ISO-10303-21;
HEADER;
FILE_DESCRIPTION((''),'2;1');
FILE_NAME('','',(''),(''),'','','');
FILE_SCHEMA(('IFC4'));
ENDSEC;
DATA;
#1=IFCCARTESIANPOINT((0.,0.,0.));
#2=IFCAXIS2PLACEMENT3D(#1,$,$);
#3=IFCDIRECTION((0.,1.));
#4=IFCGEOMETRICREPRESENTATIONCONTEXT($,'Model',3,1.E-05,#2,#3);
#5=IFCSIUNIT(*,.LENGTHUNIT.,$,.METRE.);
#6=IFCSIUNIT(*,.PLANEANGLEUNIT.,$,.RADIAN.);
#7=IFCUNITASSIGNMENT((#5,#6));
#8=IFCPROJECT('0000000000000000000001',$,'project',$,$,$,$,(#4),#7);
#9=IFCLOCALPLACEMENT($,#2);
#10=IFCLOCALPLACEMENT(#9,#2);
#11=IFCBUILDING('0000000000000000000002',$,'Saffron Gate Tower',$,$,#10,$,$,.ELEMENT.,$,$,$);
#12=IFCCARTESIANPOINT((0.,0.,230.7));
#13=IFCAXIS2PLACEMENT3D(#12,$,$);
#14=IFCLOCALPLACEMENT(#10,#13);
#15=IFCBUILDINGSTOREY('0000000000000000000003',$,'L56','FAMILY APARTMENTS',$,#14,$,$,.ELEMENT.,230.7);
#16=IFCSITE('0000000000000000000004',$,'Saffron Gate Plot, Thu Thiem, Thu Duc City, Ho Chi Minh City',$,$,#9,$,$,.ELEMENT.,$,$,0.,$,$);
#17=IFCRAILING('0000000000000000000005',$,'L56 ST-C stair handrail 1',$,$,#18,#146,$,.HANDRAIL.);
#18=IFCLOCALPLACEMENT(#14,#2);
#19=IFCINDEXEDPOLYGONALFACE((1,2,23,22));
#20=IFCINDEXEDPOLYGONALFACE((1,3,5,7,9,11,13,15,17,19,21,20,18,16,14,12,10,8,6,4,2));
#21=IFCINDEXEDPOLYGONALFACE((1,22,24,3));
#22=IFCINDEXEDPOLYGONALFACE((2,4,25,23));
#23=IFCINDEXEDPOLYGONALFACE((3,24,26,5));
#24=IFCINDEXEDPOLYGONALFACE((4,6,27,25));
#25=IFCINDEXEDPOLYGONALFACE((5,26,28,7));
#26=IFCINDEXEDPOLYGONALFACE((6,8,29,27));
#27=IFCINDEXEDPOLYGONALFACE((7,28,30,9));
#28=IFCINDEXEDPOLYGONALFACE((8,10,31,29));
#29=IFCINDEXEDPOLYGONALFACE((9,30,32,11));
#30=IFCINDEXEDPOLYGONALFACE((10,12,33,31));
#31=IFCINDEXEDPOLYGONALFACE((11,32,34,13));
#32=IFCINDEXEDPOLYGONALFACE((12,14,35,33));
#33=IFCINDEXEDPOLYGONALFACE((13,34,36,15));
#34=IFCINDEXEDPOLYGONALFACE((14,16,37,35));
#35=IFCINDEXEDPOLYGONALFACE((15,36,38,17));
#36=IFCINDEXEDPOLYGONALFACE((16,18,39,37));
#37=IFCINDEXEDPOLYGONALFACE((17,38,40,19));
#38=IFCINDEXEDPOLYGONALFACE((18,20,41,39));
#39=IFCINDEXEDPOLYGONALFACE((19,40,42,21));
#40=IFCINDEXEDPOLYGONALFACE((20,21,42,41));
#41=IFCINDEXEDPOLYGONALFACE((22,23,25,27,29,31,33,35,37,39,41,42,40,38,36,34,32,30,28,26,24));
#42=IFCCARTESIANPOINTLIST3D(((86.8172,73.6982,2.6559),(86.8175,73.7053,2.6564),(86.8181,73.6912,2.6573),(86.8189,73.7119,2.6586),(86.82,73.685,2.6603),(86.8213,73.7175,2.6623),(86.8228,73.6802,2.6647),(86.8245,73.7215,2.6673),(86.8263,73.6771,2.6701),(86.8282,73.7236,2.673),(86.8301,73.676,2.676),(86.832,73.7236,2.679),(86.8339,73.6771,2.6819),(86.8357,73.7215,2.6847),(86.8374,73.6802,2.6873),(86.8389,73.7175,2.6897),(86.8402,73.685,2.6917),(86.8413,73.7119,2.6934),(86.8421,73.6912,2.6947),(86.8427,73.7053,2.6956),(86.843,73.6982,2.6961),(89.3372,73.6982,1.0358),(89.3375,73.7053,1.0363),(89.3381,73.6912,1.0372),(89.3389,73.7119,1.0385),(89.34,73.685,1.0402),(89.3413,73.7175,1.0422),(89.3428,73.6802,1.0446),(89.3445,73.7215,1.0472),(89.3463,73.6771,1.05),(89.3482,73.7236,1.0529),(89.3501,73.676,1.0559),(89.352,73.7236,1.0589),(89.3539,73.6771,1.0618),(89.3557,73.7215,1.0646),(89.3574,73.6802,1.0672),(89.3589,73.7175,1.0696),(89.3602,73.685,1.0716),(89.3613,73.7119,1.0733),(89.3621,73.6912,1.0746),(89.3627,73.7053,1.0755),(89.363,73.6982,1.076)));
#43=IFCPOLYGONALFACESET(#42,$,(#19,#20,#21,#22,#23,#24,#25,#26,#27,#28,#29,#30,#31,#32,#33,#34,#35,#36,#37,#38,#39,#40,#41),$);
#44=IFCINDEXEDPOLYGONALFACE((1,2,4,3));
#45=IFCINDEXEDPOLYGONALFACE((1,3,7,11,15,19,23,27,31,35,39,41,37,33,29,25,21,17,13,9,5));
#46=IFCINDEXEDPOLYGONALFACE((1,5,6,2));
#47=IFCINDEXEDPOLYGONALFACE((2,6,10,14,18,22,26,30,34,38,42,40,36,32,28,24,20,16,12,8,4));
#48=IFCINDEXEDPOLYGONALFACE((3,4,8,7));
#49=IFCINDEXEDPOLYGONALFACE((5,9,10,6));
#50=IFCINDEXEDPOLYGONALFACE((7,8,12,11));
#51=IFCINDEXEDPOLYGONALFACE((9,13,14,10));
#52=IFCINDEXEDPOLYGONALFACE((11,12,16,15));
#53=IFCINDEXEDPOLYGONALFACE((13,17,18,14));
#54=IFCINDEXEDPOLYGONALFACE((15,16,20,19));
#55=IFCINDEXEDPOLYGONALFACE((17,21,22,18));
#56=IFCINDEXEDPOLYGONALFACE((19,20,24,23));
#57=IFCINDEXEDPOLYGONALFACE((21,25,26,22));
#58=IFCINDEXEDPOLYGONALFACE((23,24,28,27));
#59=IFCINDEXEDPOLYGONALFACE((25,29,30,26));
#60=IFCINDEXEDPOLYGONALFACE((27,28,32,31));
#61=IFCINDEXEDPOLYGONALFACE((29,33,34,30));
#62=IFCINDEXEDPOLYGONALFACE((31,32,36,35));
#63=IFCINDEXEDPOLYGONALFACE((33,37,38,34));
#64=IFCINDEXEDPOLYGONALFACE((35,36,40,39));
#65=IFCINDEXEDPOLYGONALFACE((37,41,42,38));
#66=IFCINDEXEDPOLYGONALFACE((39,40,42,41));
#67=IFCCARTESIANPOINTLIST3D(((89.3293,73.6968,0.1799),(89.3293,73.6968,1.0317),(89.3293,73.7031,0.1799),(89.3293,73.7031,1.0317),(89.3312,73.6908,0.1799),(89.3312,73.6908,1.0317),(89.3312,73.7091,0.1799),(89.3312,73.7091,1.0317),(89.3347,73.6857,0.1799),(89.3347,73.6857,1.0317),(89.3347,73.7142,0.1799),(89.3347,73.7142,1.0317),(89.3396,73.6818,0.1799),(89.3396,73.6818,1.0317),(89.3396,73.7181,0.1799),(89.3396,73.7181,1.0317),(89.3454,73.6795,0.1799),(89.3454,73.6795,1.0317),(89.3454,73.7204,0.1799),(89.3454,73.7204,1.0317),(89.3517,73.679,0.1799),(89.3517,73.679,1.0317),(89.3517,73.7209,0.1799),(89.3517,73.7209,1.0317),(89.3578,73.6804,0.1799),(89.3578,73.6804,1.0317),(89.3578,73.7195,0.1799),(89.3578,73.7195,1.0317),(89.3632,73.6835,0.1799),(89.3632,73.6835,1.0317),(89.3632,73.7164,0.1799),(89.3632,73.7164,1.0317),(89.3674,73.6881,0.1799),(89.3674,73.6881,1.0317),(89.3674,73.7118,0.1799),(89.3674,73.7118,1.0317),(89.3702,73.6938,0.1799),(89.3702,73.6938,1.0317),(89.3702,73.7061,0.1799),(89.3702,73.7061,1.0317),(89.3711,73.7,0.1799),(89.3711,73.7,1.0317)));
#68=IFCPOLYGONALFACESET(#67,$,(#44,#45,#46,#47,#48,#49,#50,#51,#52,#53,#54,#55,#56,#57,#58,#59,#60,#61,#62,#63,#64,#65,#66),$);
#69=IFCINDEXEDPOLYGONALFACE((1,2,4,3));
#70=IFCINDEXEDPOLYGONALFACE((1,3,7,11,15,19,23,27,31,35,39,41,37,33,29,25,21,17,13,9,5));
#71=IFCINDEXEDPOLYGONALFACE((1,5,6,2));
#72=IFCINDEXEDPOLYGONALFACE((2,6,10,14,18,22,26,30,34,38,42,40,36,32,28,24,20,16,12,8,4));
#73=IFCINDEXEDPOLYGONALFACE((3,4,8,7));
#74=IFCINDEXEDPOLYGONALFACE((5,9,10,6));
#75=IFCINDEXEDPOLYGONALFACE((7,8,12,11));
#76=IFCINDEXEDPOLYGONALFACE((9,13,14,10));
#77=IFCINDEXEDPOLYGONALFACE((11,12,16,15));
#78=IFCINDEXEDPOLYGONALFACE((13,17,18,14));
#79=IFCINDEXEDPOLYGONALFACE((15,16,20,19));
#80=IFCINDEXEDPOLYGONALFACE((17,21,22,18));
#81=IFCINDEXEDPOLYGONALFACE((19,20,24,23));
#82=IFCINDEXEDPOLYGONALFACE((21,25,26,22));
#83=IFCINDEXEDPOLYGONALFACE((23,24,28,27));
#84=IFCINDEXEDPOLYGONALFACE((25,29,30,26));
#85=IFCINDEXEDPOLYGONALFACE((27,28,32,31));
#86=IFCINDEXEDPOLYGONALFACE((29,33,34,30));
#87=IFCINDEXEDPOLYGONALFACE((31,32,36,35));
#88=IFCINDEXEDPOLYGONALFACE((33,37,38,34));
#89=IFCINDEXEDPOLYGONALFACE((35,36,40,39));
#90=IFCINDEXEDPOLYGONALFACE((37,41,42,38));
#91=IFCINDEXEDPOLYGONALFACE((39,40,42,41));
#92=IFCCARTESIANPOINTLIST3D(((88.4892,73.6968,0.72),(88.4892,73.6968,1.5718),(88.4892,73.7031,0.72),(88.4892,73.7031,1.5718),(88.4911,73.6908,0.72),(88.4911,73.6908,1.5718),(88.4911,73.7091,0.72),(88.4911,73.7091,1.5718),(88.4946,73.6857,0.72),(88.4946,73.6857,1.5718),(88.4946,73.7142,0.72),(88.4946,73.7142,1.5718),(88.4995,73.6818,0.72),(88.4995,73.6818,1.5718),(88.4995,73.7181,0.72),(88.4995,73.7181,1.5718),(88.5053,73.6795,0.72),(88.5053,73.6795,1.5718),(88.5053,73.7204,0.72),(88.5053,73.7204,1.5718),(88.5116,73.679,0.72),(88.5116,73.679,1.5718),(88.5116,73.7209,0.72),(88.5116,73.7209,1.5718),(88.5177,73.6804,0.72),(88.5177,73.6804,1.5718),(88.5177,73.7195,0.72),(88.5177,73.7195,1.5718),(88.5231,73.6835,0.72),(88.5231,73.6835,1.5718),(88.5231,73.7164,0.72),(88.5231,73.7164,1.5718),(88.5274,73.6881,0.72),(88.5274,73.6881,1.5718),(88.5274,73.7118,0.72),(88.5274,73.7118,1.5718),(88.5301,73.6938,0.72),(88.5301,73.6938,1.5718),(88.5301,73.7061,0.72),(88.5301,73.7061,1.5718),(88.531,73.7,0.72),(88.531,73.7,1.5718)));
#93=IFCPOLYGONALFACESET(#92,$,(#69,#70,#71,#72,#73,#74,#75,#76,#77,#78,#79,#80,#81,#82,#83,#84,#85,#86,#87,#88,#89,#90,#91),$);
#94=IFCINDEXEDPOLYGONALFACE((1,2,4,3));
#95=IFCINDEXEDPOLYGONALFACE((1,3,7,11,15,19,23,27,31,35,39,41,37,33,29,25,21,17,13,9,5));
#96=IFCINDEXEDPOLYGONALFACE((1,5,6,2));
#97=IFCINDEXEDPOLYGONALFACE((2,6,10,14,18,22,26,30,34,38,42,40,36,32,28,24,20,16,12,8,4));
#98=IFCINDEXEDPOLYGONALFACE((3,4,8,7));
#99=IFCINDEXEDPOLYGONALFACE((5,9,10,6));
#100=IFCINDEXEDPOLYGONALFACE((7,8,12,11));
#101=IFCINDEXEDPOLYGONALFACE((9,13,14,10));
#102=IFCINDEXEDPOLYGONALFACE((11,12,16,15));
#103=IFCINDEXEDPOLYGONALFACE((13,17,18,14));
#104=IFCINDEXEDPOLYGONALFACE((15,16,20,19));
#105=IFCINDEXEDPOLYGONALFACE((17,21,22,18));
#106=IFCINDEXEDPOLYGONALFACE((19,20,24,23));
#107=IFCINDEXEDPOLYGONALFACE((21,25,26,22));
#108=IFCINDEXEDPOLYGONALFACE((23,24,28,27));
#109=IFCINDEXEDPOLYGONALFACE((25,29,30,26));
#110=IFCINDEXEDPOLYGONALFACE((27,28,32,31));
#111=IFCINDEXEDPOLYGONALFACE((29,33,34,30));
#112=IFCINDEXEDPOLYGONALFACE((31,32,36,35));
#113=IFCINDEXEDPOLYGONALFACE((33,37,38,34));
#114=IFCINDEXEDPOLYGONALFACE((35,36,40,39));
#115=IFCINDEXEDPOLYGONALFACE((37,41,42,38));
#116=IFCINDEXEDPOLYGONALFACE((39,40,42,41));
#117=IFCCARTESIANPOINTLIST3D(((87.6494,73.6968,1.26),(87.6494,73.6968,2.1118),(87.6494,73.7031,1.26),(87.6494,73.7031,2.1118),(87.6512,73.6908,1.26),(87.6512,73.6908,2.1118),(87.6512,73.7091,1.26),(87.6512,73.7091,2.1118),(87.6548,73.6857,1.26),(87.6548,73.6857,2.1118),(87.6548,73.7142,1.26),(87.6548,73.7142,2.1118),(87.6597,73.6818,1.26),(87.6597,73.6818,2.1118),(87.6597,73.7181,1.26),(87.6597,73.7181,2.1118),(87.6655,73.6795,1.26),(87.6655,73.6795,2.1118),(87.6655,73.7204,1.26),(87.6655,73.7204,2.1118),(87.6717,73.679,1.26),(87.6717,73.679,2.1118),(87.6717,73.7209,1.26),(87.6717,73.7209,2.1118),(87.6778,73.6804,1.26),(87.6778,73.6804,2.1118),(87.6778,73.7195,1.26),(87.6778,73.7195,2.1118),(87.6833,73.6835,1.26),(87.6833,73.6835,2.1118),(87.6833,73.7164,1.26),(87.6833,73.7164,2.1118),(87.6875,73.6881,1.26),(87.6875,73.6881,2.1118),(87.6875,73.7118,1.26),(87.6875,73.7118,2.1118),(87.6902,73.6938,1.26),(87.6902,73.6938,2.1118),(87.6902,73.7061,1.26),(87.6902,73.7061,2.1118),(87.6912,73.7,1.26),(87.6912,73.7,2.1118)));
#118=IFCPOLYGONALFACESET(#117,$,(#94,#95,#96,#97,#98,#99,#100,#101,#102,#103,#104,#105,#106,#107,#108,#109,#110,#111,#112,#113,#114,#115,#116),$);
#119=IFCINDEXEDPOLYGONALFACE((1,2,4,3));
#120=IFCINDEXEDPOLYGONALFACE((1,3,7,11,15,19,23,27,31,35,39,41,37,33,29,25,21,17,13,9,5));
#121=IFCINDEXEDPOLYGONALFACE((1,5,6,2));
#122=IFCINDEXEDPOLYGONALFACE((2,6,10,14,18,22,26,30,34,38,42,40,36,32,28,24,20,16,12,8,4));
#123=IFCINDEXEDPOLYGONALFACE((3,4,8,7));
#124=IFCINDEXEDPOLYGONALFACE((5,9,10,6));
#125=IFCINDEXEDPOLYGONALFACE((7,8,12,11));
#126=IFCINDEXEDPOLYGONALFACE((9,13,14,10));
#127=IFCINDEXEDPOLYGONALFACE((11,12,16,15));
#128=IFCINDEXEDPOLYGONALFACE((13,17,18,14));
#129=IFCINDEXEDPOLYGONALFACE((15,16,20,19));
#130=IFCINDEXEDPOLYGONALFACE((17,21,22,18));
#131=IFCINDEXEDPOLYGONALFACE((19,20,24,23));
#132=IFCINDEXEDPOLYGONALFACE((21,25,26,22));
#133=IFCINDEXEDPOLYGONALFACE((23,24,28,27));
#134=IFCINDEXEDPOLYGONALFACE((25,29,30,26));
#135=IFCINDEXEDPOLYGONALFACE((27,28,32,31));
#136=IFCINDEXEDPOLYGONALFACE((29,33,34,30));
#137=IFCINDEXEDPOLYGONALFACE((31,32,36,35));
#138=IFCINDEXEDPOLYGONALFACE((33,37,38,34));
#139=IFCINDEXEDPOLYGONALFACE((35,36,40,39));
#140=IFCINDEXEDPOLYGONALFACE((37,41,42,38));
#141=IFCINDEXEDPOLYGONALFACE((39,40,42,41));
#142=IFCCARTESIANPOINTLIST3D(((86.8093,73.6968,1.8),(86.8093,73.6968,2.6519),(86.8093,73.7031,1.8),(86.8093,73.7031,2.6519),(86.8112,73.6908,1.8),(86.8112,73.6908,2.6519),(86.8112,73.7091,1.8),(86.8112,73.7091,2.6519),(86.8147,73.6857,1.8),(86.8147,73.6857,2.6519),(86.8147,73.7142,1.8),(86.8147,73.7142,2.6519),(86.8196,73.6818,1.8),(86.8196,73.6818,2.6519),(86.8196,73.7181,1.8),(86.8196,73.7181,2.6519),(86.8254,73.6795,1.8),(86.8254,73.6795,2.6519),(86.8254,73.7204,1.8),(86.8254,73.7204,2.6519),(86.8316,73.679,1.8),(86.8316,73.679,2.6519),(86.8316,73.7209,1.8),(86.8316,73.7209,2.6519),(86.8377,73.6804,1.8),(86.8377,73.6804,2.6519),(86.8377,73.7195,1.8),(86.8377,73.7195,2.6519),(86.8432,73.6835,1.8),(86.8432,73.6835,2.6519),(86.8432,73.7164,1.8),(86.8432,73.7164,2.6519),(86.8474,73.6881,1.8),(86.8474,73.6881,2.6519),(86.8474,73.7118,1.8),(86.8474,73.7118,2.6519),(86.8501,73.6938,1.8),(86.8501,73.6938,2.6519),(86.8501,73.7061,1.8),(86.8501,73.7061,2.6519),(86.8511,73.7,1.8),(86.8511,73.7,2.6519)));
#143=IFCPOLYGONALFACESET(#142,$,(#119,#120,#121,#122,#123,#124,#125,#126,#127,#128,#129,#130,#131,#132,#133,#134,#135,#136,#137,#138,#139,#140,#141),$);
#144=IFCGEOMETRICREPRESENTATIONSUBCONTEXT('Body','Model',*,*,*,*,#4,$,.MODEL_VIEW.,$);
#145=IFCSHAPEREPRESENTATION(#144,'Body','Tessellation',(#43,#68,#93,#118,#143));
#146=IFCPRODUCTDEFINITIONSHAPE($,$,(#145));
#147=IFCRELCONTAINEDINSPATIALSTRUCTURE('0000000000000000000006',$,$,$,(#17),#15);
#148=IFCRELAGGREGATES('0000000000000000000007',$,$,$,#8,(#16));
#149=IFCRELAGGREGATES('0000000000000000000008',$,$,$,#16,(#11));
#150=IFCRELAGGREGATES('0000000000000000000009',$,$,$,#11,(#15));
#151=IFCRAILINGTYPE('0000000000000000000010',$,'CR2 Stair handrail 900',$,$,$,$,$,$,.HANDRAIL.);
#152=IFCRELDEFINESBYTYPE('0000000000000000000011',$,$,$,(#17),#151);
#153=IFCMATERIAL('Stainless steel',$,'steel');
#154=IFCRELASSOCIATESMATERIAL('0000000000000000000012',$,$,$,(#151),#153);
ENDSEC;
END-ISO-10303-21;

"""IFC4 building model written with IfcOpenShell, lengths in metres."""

from ifc_helpers import new_model, si_unit, direction, frame, origin, origin_2d, place, context, subcontext, project, spatial, circle, extrude, material, type_object, element, save


model = new_model("IFC4")

# Units and contexts
model_context = context("Model", 3, precision=1e-05, world=origin(), true_north=direction((0.0, 1.0)))
body_context = subcontext(model_context, "Body", "Model", "MODEL_VIEW")
ifc_project = project(units=[si_unit("LENGTHUNIT", "METRE"), si_unit("PLANEANGLEUNIT", "RADIAN")], contexts=[model_context])

# Site, building, storey
site_placement = place(None, origin())
site = spatial("IfcSite", under=ifc_project, at=site_placement, Name="Saffron Gate Plot, Thu Thiem, Thu Duc City, Ho Chi Minh City", CompositionType="ELEMENT", RefElevation=0.0)
building_placement = place(site_placement, origin())
building = spatial("IfcBuilding", under=site, at=building_placement, Name="Saffron Gate Tower", CompositionType="ELEMENT")
storey_placement = place(building_placement, frame((0.0, 0.0, 230.7)))
storey = spatial("IfcBuildingStorey", under=building, at=storey_placement, Name="L56", Description="FAMILY APARTMENTS", CompositionType="ELEMENT", Elevation=230.7)

# Railing
ifc_material_1 = material(Name="Stainless steel", Category="steel")
railing_type_1 = type_object("IfcRailingType", Name="CR2 Stair handrail 900", PredefinedType="HANDRAIL", material=ifc_material_1)
railing_1_placement = place(storey_placement, frame((89.3501, 73.7, 0.1799)))
element("IfcRailing", 1, at=railing_1_placement, inside=storey, type_object=railing_type_1, Name="L56 ST-C stair handrail 1", PredefinedType="HANDRAIL", context=body_context, shape_type="SweptSolid", body=[
    extrude(circle(Radius=0.0239, at=origin_2d()), frame((0.0, 0.0, 0.876), z_axis=(-0.841163, 0.0, 0.540782), x_axis=(0.0, -1.0, 0.0)), (0.0, 0.0, 1.0), 2.9958),
    extrude(circle(Radius=0.021, at=origin_2d()), origin(), (0.0, 0.0, 1.0), 0.8518),
    extrude(circle(Radius=0.021, at=origin_2d()), frame((-0.8401, 0.0, 0.54)), (0.0, 0.0, 1.0), 0.8518),
    extrude(circle(Radius=0.021, at=origin_2d()), frame((-1.6799, 0.0, 1.0801)), (0.0, 0.0, 1.0), 0.8518),
    extrude(circle(Radius=0.021, at=origin_2d()), frame((-2.52, 0.0, 1.6201)), (0.0, 0.0, 1.0), 0.8518),
])

save(model, "model.ifc")
